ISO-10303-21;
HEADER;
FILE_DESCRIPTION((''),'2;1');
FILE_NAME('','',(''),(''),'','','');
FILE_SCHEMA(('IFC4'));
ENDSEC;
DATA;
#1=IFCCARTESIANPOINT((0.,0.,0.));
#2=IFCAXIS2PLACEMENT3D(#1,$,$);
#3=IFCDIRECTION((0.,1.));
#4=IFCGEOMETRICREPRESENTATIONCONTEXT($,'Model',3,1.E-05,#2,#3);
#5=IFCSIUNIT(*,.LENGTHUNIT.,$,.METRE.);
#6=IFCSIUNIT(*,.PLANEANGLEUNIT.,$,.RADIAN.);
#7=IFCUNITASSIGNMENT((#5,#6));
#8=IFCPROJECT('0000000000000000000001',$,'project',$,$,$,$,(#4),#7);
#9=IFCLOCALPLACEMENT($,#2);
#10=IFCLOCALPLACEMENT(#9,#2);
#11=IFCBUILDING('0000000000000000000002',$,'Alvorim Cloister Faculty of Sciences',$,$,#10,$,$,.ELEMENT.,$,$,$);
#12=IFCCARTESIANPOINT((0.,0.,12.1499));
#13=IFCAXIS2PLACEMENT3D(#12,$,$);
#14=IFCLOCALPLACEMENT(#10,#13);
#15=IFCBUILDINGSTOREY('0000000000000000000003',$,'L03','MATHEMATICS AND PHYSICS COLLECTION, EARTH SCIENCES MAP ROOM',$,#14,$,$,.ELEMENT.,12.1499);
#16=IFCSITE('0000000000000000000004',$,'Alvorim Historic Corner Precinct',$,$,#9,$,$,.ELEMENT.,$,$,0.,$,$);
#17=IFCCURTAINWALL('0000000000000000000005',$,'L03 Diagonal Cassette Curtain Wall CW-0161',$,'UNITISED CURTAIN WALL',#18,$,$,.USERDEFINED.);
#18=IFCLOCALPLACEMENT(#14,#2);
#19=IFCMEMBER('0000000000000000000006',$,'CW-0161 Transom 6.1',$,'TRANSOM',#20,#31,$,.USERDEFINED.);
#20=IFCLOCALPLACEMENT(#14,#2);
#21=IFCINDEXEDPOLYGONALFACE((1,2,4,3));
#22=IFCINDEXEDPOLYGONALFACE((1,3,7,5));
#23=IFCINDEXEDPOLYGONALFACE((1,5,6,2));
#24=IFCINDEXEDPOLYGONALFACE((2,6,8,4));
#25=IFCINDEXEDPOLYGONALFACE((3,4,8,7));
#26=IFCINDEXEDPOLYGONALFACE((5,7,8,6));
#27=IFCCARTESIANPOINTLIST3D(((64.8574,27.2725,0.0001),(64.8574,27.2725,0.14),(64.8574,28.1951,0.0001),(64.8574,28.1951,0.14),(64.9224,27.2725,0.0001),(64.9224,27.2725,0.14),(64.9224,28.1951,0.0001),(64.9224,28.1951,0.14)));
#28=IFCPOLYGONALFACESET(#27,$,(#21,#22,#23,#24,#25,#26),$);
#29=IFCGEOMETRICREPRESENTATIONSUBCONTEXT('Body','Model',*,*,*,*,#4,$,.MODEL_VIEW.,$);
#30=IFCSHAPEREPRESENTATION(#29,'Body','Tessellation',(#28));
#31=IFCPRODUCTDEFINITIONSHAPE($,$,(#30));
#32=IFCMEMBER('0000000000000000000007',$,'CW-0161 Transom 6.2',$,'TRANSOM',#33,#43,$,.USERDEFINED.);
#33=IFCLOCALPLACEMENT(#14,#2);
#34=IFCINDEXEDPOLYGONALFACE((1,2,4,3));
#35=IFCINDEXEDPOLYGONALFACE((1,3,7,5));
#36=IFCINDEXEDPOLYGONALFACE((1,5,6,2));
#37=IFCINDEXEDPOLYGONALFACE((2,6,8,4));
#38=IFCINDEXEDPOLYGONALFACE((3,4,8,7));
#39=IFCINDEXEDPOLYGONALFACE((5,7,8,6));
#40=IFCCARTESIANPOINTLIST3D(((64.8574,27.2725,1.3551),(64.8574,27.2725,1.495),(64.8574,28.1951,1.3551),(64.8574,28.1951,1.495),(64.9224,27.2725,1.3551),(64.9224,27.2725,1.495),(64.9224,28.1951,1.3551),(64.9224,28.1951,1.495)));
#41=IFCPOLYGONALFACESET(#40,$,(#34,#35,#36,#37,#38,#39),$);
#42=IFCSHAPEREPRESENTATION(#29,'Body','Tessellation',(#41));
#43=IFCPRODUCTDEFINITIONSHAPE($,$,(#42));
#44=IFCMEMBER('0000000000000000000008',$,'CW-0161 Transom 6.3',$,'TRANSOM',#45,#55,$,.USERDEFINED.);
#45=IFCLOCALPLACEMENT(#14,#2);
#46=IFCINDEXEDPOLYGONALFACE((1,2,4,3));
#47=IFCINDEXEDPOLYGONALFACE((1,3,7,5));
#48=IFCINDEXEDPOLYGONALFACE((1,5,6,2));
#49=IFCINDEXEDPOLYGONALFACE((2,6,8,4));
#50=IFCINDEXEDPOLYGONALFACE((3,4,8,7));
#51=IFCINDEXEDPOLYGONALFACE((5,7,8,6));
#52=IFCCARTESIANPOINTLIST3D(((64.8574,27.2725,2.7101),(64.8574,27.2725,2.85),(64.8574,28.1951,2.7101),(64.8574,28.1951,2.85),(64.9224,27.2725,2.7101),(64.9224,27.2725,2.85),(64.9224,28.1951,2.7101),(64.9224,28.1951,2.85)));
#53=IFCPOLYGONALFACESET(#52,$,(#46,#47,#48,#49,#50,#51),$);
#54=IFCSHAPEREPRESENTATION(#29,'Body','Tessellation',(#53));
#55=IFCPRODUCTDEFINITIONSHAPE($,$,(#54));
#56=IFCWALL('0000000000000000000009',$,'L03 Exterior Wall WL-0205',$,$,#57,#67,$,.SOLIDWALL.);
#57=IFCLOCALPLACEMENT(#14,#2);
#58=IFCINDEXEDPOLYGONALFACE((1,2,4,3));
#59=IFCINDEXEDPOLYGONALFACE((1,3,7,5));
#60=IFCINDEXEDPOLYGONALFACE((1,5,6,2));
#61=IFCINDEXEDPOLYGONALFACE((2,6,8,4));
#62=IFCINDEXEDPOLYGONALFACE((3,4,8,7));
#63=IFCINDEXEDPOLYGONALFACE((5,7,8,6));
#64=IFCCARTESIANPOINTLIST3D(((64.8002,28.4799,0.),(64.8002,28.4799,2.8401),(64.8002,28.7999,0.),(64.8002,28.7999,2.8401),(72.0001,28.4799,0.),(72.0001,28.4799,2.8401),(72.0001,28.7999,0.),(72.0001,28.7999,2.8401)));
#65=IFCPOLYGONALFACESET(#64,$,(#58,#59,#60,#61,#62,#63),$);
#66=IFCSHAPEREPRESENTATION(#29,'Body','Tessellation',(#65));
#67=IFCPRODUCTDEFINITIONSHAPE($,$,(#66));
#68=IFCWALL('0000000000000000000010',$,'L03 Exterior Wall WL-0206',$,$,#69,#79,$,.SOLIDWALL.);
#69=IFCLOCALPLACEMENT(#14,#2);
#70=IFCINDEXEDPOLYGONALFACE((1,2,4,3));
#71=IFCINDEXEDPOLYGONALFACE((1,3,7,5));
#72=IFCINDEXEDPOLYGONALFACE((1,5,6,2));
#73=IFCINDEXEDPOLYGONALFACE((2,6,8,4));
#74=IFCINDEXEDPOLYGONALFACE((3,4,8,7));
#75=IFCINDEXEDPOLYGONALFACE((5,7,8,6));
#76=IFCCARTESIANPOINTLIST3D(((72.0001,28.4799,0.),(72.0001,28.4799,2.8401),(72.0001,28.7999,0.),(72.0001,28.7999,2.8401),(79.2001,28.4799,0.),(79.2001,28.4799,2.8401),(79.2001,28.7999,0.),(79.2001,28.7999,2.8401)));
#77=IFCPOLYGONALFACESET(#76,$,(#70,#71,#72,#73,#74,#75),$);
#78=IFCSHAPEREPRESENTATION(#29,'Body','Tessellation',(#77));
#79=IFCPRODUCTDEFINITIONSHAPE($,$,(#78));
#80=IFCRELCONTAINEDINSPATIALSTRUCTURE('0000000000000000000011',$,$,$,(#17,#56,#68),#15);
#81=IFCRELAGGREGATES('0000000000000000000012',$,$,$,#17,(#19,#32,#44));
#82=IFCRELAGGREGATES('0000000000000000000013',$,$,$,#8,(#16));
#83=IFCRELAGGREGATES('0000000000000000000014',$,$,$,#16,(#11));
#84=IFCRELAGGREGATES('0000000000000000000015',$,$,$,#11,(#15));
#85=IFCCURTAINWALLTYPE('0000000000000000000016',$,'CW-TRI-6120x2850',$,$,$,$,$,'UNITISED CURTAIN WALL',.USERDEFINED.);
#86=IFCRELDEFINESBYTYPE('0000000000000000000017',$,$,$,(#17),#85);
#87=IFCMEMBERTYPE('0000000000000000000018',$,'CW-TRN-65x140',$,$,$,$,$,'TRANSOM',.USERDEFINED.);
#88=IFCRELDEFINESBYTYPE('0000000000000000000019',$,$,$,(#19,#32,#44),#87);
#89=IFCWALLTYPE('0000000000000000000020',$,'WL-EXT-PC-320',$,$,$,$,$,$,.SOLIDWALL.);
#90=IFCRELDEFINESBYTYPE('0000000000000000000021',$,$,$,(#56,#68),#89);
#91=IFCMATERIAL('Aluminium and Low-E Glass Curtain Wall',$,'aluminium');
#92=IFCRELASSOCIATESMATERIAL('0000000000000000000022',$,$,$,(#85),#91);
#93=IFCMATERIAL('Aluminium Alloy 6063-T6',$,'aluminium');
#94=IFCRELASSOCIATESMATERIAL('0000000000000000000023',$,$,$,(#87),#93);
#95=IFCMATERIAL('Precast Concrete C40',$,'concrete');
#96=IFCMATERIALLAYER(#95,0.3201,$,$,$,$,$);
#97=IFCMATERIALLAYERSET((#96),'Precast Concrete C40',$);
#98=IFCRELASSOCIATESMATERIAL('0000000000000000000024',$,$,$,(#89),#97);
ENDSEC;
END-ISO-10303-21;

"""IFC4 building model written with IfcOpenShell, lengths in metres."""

from ifc_helpers import new_model, si_unit, direction, frame, frame_2d, origin, origin_2d, place, context, subcontext, project, spatial, rectangle, extrude, material, layer, layer_set, material_profile, profile_set, type_object, element, aggregate, save


model = new_model("IFC4")

# Units and contexts
model_context = context("Model", 3, precision=1e-05, world=origin(), true_north=direction((0.0, 1.0)))
body_context = subcontext(model_context, "Body", "Model", "MODEL_VIEW")
ifc_project = project(units=[si_unit("LENGTHUNIT", "METRE"), si_unit("PLANEANGLEUNIT", "RADIAN")], contexts=[model_context])

# Site, building, storey
site_placement = place(None, origin())
site = spatial("IfcSite", under=ifc_project, at=site_placement, Name="Alvorim Historic Corner Precinct", CompositionType="ELEMENT", RefElevation=0.0)
building_placement = place(site_placement, origin())
building = spatial("IfcBuilding", under=site, at=building_placement, Name="Alvorim Cloister Faculty of Sciences", CompositionType="ELEMENT")
storey_placement = place(building_placement, frame((0.0, 0.0, 12.1499)))
storey = spatial("IfcBuildingStorey", under=building, at=storey_placement, Name="L03", Description="MATHEMATICS AND PHYSICS COLLECTION, EARTH SCIENCES MAP ROOM", CompositionType="ELEMENT", Elevation=12.1499)

# Curtain wall, members
ifc_material_1 = material(Name="Aluminium and Low-E Glass Curtain Wall", Category="aluminium")
curtain_wall_type = type_object("IfcCurtainWallType", Name="CW-TRI-6120x2850", ElementType="UNITISED CURTAIN WALL", PredefinedType="USERDEFINED", material=ifc_material_1)
curtain_wall_placement = place(storey_placement, origin())
curtain_wall = element("IfcCurtainWall", 1, at=curtain_wall_placement, inside=storey, type_object=curtain_wall_type, Name="L03 Diagonal Cassette Curtain Wall CW-0161", ObjectType="UNITISED CURTAIN WALL", PredefinedType="USERDEFINED")
ifc_material_2 = material(Name="Aluminium Alloy 6063-T6", Category="aluminium")
ifc_material_profile_1 = material_profile(ifc_material_2, rectangle(XDim=0.0649, YDim=0.1399, at=origin_2d()), Name="ALU-TRN-65x140")
ifc_profile_set_1 = profile_set([ifc_material_profile_1], Name="Aluminium Alloy 6063-T6")
member_type_1 = type_object("IfcMemberType", Name="CW-TRN-65x140", ElementType="TRANSOM", PredefinedType="USERDEFINED", material=ifc_profile_set_1)
member_1_placement = place(storey_placement, frame((64.8899, 27.2725, 0.0701), z_axis=(0.0, 1.0, 0.0), x_axis=(-1.0, 0.0, 0.0)))
member_1 = element("IfcMember", 2, at=member_1_placement, type_object=member_type_1, Name="CW-0161 Transom 6.1", ObjectType="TRANSOM", PredefinedType="USERDEFINED", context=body_context, shape_type="SweptSolid", body=[
    extrude(rectangle(XDim=0.0649, YDim=0.1399, at=origin_2d()), origin(), (0.0, 0.0, 1.0), 0.9226),
])
member_2_placement = place(storey_placement, frame((64.8899, 27.2725, 1.425), z_axis=(0.0, 1.0, 0.0), x_axis=(-1.0, 0.0, 0.0)))
member_2 = element("IfcMember", 3, at=member_2_placement, type_object=member_type_1, Name="CW-0161 Transom 6.2", ObjectType="TRANSOM", PredefinedType="USERDEFINED", context=body_context, shape_type="SweptSolid", body=[
    extrude(rectangle(XDim=0.0649, YDim=0.1399, at=origin_2d()), origin(), (0.0, 0.0, 1.0), 0.9226),
])
member_3_placement = place(storey_placement, frame((64.8899, 27.2725, 2.78), z_axis=(0.0, 1.0, 0.0), x_axis=(-1.0, 0.0, 0.0)))
member_3 = element("IfcMember", 4, at=member_3_placement, type_object=member_type_1, Name="CW-0161 Transom 6.3", ObjectType="TRANSOM", PredefinedType="USERDEFINED", context=body_context, shape_type="SweptSolid", body=[
    extrude(rectangle(XDim=0.0649, YDim=0.1399, at=origin_2d()), origin(), (0.0, 0.0, 1.0), 0.9226),
])
aggregate(curtain_wall, [member_1, member_2, member_3])

# Walls
ifc_material_3 = material(Name="Precast Concrete C40", Category="concrete")
ifc_layer = layer(ifc_material_3, 0.3201)
ifc_layer_set = layer_set([ifc_layer], Name="Precast Concrete C40")
wall_type = type_object("IfcWallType", Name="WL-EXT-PC-320", PredefinedType="SOLIDWALL", material=ifc_layer_set)
for number, where, z_axis, x_axis, name in (
    (5, (64.8, 28.6399, 0.0), (0.0, 0.0, 1.0), (1.0, 0.0, 0.0), "L03 Exterior Wall WL-0205"),
    (6, (72.0, 28.6399, 0.0), (0.0, 0.0, 1.0), (1.0, 0.0, 0.0), "L03 Exterior Wall WL-0206"),
):
    element("IfcWall", number, at=place(storey_placement, frame(where, z_axis=z_axis, x_axis=x_axis)), inside=storey, type_object=wall_type, Name=name, PredefinedType="SOLIDWALL", context=body_context, shape_type="SweptSolid", body=[
        extrude(rectangle(XDim=7.2, YDim=0.3201, at=frame_2d((3.6001, 0.0))), origin(), (0.0, 0.0, 1.0), 2.8401),
    ])

save(model, "model.ifc")
